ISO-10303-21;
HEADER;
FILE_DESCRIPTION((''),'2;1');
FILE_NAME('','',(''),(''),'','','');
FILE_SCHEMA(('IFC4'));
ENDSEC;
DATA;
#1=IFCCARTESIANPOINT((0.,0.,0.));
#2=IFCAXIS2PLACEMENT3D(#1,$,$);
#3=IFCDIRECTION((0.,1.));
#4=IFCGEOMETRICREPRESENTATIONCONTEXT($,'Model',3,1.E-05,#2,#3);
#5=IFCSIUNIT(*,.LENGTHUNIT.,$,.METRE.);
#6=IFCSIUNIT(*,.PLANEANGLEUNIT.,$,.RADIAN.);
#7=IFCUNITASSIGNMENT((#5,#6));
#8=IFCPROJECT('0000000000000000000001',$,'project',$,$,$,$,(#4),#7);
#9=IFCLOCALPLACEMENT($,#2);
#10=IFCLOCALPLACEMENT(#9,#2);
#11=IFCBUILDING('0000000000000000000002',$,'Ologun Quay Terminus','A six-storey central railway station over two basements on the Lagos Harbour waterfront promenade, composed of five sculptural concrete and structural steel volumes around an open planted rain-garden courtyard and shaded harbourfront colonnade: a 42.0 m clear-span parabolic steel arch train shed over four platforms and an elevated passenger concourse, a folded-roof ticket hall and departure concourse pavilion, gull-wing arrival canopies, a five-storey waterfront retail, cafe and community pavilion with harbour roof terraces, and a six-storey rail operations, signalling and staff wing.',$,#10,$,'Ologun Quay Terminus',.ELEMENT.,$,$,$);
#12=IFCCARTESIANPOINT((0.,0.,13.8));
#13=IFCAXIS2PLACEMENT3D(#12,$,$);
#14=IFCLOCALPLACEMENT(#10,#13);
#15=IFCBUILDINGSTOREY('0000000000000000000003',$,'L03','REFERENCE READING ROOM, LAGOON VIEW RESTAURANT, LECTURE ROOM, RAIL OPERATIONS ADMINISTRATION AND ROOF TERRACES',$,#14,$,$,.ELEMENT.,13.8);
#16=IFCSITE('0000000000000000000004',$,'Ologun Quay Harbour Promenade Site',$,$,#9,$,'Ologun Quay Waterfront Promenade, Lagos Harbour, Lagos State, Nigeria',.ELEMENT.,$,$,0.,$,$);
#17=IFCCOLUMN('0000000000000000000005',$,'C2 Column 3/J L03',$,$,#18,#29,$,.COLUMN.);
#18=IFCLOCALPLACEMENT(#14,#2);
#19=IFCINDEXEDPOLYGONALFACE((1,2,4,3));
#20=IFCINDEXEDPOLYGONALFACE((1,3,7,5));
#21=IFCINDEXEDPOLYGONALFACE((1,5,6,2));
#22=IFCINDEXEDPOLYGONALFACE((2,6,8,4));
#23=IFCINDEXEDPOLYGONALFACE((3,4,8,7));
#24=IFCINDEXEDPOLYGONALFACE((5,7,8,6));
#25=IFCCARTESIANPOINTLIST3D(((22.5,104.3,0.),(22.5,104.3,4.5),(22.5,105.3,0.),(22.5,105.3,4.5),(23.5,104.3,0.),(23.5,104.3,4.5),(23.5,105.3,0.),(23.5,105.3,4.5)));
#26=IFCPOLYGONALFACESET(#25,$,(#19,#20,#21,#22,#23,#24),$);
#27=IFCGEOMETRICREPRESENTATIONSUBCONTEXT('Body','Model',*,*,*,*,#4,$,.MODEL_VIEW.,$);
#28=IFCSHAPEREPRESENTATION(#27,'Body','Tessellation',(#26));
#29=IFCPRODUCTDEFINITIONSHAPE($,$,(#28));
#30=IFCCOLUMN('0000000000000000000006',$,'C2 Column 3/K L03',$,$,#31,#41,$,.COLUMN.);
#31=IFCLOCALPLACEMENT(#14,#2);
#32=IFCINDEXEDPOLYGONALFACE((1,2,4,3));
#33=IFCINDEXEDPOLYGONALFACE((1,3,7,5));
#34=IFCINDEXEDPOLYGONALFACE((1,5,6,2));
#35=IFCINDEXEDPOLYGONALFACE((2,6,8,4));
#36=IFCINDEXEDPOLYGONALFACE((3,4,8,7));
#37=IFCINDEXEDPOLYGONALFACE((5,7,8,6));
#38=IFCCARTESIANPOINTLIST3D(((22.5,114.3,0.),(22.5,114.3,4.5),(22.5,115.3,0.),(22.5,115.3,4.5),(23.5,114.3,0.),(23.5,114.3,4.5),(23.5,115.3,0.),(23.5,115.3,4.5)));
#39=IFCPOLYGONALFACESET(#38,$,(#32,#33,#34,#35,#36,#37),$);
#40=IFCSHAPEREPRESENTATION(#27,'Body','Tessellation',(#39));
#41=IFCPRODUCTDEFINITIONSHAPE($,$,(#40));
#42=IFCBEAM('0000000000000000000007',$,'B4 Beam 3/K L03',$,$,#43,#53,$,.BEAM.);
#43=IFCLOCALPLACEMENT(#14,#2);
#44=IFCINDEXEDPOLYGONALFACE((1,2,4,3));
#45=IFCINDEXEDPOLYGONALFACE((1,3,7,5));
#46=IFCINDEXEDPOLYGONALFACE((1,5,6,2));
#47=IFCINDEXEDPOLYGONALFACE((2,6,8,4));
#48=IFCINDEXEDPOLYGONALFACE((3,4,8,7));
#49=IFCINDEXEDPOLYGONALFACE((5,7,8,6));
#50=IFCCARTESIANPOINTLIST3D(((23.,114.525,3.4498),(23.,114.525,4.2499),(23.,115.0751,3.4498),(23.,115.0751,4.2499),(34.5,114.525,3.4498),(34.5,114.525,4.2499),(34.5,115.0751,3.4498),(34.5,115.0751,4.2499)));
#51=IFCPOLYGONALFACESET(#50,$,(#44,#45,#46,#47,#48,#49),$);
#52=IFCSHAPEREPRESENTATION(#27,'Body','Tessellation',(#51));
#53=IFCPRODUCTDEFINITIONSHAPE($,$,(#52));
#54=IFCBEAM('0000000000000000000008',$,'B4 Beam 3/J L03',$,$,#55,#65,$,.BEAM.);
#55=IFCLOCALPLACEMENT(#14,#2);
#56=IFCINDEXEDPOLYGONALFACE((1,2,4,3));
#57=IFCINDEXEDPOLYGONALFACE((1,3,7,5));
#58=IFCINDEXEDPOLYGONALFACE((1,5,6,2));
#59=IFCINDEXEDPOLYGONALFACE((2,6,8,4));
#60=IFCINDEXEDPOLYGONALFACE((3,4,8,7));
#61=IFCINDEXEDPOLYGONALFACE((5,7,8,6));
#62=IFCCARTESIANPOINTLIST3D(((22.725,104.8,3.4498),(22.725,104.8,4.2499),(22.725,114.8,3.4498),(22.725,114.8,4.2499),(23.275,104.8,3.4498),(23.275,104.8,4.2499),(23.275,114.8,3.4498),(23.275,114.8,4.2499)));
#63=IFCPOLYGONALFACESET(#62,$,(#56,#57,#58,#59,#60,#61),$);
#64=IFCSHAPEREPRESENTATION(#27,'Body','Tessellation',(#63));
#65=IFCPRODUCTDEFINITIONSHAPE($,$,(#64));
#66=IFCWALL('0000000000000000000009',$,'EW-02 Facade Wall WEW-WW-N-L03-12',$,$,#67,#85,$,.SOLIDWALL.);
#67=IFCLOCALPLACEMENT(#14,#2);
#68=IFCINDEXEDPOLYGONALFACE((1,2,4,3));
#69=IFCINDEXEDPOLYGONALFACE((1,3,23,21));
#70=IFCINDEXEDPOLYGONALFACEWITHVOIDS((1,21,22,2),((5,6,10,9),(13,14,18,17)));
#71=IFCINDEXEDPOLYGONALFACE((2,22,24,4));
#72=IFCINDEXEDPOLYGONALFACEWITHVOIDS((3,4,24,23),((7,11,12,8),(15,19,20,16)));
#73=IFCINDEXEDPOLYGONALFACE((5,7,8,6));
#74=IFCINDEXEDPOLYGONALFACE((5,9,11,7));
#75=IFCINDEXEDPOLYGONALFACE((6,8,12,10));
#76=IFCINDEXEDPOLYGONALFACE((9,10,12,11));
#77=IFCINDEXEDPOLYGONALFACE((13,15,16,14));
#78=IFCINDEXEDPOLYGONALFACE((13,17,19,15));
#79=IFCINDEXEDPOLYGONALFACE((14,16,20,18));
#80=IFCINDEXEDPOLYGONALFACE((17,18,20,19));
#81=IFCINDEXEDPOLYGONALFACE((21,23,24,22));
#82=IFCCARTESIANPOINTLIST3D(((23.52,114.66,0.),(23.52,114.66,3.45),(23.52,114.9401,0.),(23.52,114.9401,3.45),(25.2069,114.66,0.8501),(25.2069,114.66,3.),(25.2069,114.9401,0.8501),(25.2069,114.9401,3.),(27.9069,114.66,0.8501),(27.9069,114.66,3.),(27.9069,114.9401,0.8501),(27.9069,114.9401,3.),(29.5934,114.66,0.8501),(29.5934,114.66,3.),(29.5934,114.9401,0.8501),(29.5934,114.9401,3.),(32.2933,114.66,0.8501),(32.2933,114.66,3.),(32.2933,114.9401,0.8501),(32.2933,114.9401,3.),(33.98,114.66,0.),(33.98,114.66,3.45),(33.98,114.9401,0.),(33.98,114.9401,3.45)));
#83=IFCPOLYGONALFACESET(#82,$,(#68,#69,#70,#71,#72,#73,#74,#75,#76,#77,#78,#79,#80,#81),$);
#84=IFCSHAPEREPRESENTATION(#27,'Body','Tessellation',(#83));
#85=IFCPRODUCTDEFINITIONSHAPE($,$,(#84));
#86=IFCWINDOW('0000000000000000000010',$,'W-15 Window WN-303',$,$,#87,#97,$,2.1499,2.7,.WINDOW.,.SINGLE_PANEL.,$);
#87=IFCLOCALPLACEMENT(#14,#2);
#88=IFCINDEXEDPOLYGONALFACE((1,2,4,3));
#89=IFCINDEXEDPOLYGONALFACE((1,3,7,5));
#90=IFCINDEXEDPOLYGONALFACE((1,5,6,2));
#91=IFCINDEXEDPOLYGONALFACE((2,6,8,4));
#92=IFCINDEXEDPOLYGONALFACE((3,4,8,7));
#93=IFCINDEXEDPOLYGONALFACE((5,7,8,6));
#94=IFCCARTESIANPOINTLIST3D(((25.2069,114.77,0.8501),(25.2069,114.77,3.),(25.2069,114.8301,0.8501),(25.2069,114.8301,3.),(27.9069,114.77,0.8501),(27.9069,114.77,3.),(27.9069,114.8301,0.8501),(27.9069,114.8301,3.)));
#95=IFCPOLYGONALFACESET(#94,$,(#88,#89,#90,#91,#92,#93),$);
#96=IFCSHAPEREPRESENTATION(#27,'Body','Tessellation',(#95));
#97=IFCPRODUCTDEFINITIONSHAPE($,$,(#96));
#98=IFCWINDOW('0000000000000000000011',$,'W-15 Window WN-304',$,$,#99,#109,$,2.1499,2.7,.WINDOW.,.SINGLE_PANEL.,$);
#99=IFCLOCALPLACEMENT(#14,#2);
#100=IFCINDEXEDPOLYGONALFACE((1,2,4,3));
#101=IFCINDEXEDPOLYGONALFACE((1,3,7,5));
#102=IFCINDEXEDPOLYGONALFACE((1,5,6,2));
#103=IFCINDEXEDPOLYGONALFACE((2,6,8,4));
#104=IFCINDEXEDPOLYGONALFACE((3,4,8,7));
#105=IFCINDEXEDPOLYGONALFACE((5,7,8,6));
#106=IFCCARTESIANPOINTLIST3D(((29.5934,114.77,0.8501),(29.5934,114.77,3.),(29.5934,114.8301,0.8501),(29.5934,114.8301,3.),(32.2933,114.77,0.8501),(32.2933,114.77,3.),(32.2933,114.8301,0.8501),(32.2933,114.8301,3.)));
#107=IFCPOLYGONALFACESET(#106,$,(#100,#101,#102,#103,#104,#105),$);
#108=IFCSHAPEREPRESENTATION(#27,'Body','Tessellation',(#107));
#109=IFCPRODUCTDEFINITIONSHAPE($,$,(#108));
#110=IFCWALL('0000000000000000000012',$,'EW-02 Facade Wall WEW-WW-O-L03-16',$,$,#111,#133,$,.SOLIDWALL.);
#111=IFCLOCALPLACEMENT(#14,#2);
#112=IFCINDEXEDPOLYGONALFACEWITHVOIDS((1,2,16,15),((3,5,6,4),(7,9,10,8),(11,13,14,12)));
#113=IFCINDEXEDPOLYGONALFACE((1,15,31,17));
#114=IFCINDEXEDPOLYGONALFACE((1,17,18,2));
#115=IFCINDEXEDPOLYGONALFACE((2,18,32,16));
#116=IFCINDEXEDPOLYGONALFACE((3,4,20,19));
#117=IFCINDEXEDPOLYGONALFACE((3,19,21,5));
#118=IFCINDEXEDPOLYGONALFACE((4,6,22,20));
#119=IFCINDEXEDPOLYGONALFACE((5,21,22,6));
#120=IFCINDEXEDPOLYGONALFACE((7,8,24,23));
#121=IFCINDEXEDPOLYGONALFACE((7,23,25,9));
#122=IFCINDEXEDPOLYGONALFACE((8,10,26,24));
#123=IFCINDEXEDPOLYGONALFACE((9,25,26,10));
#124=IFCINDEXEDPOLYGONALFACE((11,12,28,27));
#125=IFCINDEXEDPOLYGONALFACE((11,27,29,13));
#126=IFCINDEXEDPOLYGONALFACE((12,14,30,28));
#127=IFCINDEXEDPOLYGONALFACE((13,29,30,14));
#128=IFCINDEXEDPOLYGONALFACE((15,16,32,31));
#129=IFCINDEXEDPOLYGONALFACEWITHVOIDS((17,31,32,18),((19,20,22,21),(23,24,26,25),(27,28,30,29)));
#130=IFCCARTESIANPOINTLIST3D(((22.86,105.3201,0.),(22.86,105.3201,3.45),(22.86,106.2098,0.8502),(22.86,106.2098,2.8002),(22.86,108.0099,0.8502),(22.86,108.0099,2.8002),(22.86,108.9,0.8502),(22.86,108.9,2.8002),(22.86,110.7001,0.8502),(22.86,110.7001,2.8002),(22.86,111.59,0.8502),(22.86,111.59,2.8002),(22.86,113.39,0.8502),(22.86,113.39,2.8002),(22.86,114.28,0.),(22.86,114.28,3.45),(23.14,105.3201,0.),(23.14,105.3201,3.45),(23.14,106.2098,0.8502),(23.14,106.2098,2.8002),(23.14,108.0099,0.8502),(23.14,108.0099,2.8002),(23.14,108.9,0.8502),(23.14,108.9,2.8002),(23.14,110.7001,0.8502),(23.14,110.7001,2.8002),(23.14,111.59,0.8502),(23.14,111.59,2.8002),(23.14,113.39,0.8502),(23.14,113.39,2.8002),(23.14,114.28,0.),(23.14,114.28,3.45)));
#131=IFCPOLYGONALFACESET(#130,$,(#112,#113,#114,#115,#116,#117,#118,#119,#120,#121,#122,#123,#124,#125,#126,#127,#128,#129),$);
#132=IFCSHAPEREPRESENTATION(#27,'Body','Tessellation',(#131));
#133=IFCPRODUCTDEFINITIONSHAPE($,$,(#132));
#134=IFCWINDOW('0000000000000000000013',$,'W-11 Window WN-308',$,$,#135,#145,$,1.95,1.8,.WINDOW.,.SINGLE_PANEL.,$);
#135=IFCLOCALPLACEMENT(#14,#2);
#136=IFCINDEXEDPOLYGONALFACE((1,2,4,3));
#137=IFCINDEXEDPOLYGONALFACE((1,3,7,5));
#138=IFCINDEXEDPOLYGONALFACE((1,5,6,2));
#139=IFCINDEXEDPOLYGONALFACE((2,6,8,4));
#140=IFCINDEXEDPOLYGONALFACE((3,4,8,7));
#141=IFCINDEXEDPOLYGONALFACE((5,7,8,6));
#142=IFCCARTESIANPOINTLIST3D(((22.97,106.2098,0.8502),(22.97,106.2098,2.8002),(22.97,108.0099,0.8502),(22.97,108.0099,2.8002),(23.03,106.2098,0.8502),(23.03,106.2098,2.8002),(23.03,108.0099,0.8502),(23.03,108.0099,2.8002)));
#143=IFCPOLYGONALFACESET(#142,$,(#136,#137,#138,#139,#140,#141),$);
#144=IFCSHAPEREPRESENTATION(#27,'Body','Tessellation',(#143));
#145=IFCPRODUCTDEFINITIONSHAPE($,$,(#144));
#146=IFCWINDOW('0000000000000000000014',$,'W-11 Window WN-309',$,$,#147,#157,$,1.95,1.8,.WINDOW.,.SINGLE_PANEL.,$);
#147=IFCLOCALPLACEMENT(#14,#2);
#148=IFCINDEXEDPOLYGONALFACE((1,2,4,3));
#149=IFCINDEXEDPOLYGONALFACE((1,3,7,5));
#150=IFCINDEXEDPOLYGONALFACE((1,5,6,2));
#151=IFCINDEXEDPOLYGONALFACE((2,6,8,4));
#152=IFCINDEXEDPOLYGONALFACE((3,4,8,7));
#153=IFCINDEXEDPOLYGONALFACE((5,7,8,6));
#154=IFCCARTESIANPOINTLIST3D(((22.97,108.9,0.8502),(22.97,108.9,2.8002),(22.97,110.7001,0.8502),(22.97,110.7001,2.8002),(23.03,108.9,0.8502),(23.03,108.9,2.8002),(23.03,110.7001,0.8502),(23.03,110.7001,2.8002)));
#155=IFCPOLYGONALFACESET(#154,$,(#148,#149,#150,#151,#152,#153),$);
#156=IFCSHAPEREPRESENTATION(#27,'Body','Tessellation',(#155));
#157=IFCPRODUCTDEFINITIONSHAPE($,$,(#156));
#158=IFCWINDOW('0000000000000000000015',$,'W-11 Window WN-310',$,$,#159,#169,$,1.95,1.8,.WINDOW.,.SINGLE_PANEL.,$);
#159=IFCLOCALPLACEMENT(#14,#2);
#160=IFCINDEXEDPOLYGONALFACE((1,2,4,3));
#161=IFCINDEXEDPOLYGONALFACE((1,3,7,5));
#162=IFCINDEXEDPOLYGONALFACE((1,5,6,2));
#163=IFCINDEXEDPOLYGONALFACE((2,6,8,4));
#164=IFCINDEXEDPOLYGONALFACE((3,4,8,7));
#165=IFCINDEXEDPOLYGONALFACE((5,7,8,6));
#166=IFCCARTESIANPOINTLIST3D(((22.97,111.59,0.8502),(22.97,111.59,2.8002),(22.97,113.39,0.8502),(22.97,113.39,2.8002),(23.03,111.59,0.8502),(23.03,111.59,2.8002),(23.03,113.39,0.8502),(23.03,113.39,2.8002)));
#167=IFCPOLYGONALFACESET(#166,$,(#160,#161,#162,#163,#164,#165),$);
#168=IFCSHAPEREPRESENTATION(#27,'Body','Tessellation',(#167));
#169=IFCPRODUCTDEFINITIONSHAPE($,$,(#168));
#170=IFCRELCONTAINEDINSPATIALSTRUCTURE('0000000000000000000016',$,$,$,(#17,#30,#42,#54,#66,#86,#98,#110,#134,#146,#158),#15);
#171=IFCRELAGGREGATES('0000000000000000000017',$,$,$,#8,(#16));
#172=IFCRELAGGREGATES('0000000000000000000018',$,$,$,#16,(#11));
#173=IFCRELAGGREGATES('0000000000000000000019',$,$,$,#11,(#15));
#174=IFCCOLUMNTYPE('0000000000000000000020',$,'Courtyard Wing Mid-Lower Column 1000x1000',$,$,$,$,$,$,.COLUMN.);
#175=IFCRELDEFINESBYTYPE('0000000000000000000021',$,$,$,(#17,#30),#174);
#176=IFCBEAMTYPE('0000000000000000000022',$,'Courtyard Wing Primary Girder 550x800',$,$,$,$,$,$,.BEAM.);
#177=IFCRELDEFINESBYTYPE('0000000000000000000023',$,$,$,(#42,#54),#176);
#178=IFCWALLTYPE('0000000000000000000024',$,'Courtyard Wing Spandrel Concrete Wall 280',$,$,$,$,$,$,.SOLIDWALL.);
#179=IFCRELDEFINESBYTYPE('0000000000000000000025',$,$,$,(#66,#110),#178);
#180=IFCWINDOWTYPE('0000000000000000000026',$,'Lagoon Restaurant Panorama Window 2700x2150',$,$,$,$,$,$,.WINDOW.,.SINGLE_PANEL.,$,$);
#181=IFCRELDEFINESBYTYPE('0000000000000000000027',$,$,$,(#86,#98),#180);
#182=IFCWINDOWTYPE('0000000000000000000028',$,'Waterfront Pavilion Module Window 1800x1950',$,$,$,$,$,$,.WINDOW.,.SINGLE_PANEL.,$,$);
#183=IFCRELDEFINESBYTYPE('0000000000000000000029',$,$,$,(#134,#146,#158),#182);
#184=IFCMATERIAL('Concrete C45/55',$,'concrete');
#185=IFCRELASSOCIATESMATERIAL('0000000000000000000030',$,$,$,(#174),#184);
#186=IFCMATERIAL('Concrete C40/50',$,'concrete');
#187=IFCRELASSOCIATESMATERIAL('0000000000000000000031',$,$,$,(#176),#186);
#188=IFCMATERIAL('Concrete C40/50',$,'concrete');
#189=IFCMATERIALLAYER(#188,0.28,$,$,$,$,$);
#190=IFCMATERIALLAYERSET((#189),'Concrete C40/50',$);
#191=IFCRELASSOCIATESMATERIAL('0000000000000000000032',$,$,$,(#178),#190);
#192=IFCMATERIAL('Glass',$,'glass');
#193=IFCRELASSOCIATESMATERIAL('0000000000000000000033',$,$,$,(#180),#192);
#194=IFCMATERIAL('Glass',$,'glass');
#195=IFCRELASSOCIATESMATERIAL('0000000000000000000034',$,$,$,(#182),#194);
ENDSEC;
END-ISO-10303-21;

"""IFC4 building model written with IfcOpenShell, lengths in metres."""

from ifc_helpers import new_model, si_unit, direction, frame, frame_2d, origin, origin_2d, place, context, subcontext, project, spatial, rectangle, extrude, material, layer, layer_set, material_profile, profile_set, type_object, element, fill, save


model = new_model("IFC4")

# Units and contexts
model_context = context("Model", 3, precision=1e-05, world=origin(), true_north=direction((0.0, 1.0)))
body_context = subcontext(model_context, "Body", "Model", "MODEL_VIEW")
ifc_project = project(units=[si_unit("LENGTHUNIT", "METRE"), si_unit("PLANEANGLEUNIT", "RADIAN")], contexts=[model_context])

# Site, building, storey
site_placement = place(None, origin())
site = spatial("IfcSite", under=ifc_project, at=site_placement, Name="Ologun Quay Harbour Promenade Site", LongName="Ologun Quay Waterfront Promenade, Lagos Harbour, Lagos State, Nigeria", CompositionType="ELEMENT", RefElevation=0.0)
building_placement = place(site_placement, origin())
building = spatial("IfcBuilding", under=site, at=building_placement, Name="Ologun Quay Terminus", Description="A six-storey central railway station over two basements on the Lagos Harbour waterfront promenade, composed of five sculptural concrete and structural steel volumes around an open planted rain-garden courtyard and shaded harbourfront colonnade: a 42.0 m clear-span parabolic steel arch train shed over four platforms and an elevated passenger concourse, a folded-roof ticket hall and departure concourse pavilion, gull-wing arrival canopies, a five-storey waterfront retail, cafe and community pavilion with harbour roof terraces, and a six-storey rail operations, signalling and staff wing.", LongName="Ologun Quay Terminus", CompositionType="ELEMENT")
storey_placement = place(building_placement, frame((0.0, 0.0, 13.8)))
storey = spatial("IfcBuildingStorey", under=building, at=storey_placement, Name="L03", Description="REFERENCE READING ROOM, LAGOON VIEW RESTAURANT, LECTURE ROOM, RAIL OPERATIONS ADMINISTRATION AND ROOF TERRACES", CompositionType="ELEMENT", Elevation=13.8)

# Columns
ifc_material_1 = material(Name="Concrete C45/55", Category="concrete")
ifc_material_profile_1 = material_profile(ifc_material_1, rectangle(XDim=1.0, YDim=1.0, at=origin_2d()), Name="RC 1000x1000")
ifc_profile_set_1 = profile_set([ifc_material_profile_1], Name="Concrete C45/55")
column_type = type_object("IfcColumnType", Name="Courtyard Wing Mid-Lower Column 1000x1000", PredefinedType="COLUMN", material=ifc_profile_set_1)
for number, where, z_axis, x_axis, name in (
    (1, (23.0, 104.8, 0.0), (0.0, 0.0, 1.0), (1.0, 0.0, 0.0), "C2 Column 3/J L03"),
    (2, (23.0, 114.8, 0.0), (0.0, 0.0, 1.0), (1.0, 0.0, 0.0), "C2 Column 3/K L03"),
):
    element("IfcColumn", number, at=place(storey_placement, frame(where, z_axis=z_axis, x_axis=x_axis)), inside=storey, type_object=column_type, Name=name, PredefinedType="COLUMN", context=body_context, shape_type="SweptSolid", body=[
        extrude(rectangle(XDim=1.0, YDim=1.0, at=origin_2d()), origin(), (0.0, 0.0, 1.0), 4.5),
    ])

# Beams
ifc_material_2 = material(Name="Concrete C40/50", Category="concrete")
ifc_material_profile_2 = material_profile(ifc_material_2, rectangle(XDim=0.55, YDim=0.8, at=origin_2d()), Name="RC 550x800")
ifc_profile_set_2 = profile_set([ifc_material_profile_2], Name="Concrete C40/50")
beam_type = type_object("IfcBeamType", Name="Courtyard Wing Primary Girder 550x800", PredefinedType="BEAM", material=ifc_profile_set_2)
beam_1_placement = place(storey_placement, frame((23.0, 114.8, 3.8499), z_axis=(1.0, 0.0, 0.0), x_axis=(0.0, 1.0, 0.0)))
element("IfcBeam", 3, at=beam_1_placement, inside=storey, type_object=beam_type, Name="B4 Beam 3/K L03", PredefinedType="BEAM", context=body_context, shape_type="SweptSolid", body=[
    extrude(rectangle(XDim=0.55, YDim=0.8, at=origin_2d()), origin(), (0.0, 0.0, 1.0), 11.5),
])
beam_2_placement = place(storey_placement, frame((23.0, 104.8, 3.8499), z_axis=(0.0, 1.0, 0.0), x_axis=(-1.0, 0.0, 0.0)))
element("IfcBeam", 4, at=beam_2_placement, inside=storey, type_object=beam_type, Name="B4 Beam 3/J L03", PredefinedType="BEAM", context=body_context, shape_type="SweptSolid", body=[
    extrude(rectangle(XDim=0.55, YDim=0.8, at=origin_2d()), origin(), (0.0, 0.0, 1.0), 10.0),
])

# Walls, openings, windows
ifc_material_3 = material(Name="Concrete C40/50", Category="concrete")
ifc_layer_1 = layer(ifc_material_3, 0.28)
ifc_layer_set_1 = layer_set([ifc_layer_1], Name="Concrete C40/50")
wall_type_1 = type_object("IfcWallType", Name="Courtyard Wing Spandrel Concrete Wall 280", PredefinedType="SOLIDWALL", material=ifc_layer_set_1)
wall_1_placement = place(storey_placement, frame((23.52, 114.8, 0.0), z_axis=(0.0, 0.0, 1.0), x_axis=(1.0, 0.0, 0.0)))
wall_1 = element("IfcWall", 5, at=wall_1_placement, inside=storey, type_object=wall_type_1, Name="EW-02 Facade Wall WEW-WW-N-L03-12", PredefinedType="SOLIDWALL", context=body_context, shape_type="SweptSolid", body=[
    extrude(rectangle(XDim=10.46, YDim=0.28, at=frame_2d((5.23, 0.0))), origin(), (0.0, 0.0, 1.0), 3.45),
])
opening_1_placement = place(wall_1_placement, frame((1.6868, 0.0, 0.8501)))
opening_1 = element("IfcOpeningElement", 6, at=opening_1_placement, cuts=wall_1, PredefinedType="OPENING", context=body_context, shape_type="SweptSolid", body=[
    extrude(rectangle(XDim=2.7, YDim=2.1499, at=frame_2d((1.3501, 1.075))), frame((0.0, 0.1499, 0.0), z_axis=(0.0, -1.0, 0.0), x_axis=(1.0, 0.0, 0.0)), (0.0, 0.0, 1.0), 0.3),
])
opening_2_placement = place(wall_1_placement, frame((6.0732, 0.0, 0.8501)))
opening_2 = element("IfcOpeningElement", 7, at=opening_2_placement, cuts=wall_1, PredefinedType="OPENING", context=body_context, shape_type="SweptSolid", body=[
    extrude(rectangle(XDim=2.7, YDim=2.1499, at=frame_2d((1.3501, 1.075))), frame((0.0, 0.1499, 0.0), z_axis=(0.0, -1.0, 0.0), x_axis=(1.0, 0.0, 0.0)), (0.0, 0.0, 1.0), 0.3),
])
ifc_material_4 = material(Name="Glass", Category="glass")
window_type_1 = type_object("IfcWindowType", Name="Lagoon Restaurant Panorama Window 2700x2150", PartitioningType="SINGLE_PANEL", PredefinedType="WINDOW", material=ifc_material_4)
window_1_placement = place(opening_1_placement, origin())
window_1 = element("IfcWindow", 8, at=window_1_placement, inside=storey, type_object=window_type_1, Name="W-15 Window WN-303", OverallHeight=2.1499, OverallWidth=2.7, PartitioningType="SINGLE_PANEL", PredefinedType="WINDOW", context=body_context, shape_type="SweptSolid", body=[
    extrude(rectangle(XDim=2.7, YDim=2.1499, at=frame_2d((1.3501, 1.075))), frame((0.0, 0.03, 0.0), z_axis=(0.0, -1.0, 0.0), x_axis=(1.0, 0.0, 0.0)), (0.0, 0.0, 1.0), 0.0601),
])
fill(opening_1, window_1)
window_2_placement = place(opening_2_placement, origin())
window_2 = element("IfcWindow", 9, at=window_2_placement, inside=storey, type_object=window_type_1, Name="W-15 Window WN-304", OverallHeight=2.1499, OverallWidth=2.7, PartitioningType="SINGLE_PANEL", PredefinedType="WINDOW", context=body_context, shape_type="SweptSolid", body=[
    extrude(rectangle(XDim=2.7, YDim=2.1499, at=frame_2d((1.3501, 1.075))), frame((0.0, 0.03, 0.0), z_axis=(0.0, -1.0, 0.0), x_axis=(1.0, 0.0, 0.0)), (0.0, 0.0, 1.0), 0.0601),
])
fill(opening_2, window_2)
wall_2_placement = place(storey_placement, frame((23.0, 105.3201, 0.0), z_axis=(0.0, 0.0, 1.0), x_axis=(0.0, 1.0, 0.0)))
wall_2 = element("IfcWall", 10, at=wall_2_placement, inside=storey, type_object=wall_type_1, Name="EW-02 Facade Wall WEW-WW-O-L03-16", PredefinedType="SOLIDWALL", context=body_context, shape_type="SweptSolid", body=[
    extrude(rectangle(XDim=8.96, YDim=0.28, at=frame_2d((4.48, 0.0))), origin(), (0.0, 0.0, 1.0), 3.45),
])
opening_3_placement = place(wall_2_placement, frame((0.8899, 0.0, 0.8501)))
opening_3 = element("IfcOpeningElement", 11, at=opening_3_placement, cuts=wall_2, PredefinedType="OPENING", context=body_context, shape_type="SweptSolid", body=[
    extrude(rectangle(XDim=1.8, YDim=1.95, at=frame_2d((0.8999, 0.9751))), frame((0.0, 0.1499, 0.0), z_axis=(0.0, -1.0, 0.0), x_axis=(1.0, 0.0, 0.0)), (0.0, 0.0, 1.0), 0.3),
])
opening_4_placement = place(wall_2_placement, frame((3.5801, 0.0, 0.8501)))
opening_4 = element("IfcOpeningElement", 12, at=opening_4_placement, cuts=wall_2, PredefinedType="OPENING", context=body_context, shape_type="SweptSolid", body=[
    extrude(rectangle(XDim=1.8, YDim=1.95, at=frame_2d((0.8999, 0.9751))), frame((0.0, 0.1499, 0.0), z_axis=(0.0, -1.0, 0.0), x_axis=(1.0, 0.0, 0.0)), (0.0, 0.0, 1.0), 0.3),
])
opening_5_placement = place(wall_2_placement, frame((6.27, 0.0, 0.8501)))
opening_5 = element("IfcOpeningElement", 13, at=opening_5_placement, cuts=wall_2, PredefinedType="OPENING", context=body_context, shape_type="SweptSolid", body=[
    extrude(rectangle(XDim=1.8, YDim=1.95, at=frame_2d((0.8999, 0.9751))), frame((0.0, 0.1499, 0.0), z_axis=(0.0, -1.0, 0.0), x_axis=(1.0, 0.0, 0.0)), (0.0, 0.0, 1.0), 0.3),
])
ifc_material_5 = material(Name="Glass", Category="glass")
window_type_2 = type_object("IfcWindowType", Name="Waterfront Pavilion Module Window 1800x1950", PartitioningType="SINGLE_PANEL", PredefinedType="WINDOW", material=ifc_material_5)
window_3_placement = place(opening_3_placement, origin())
window_3 = element("IfcWindow", 14, at=window_3_placement, inside=storey, type_object=window_type_2, Name="W-11 Window WN-308", OverallHeight=1.95, OverallWidth=1.8, PartitioningType="SINGLE_PANEL", PredefinedType="WINDOW", context=body_context, shape_type="SweptSolid", body=[
    extrude(rectangle(XDim=1.8, YDim=1.95, at=frame_2d((0.8999, 0.9751))), frame((0.0, 0.03, 0.0), z_axis=(0.0, -1.0, 0.0), x_axis=(1.0, 0.0, 0.0)), (0.0, 0.0, 1.0), 0.0601),
])
fill(opening_3, window_3)
window_4_placement = place(opening_4_placement, origin())
window_4 = element("IfcWindow", 15, at=window_4_placement, inside=storey, type_object=window_type_2, Name="W-11 Window WN-309", OverallHeight=1.95, OverallWidth=1.8, PartitioningType="SINGLE_PANEL", PredefinedType="WINDOW", context=body_context, shape_type="SweptSolid", body=[
    extrude(rectangle(XDim=1.8, YDim=1.95, at=frame_2d((0.8999, 0.9751))), frame((0.0, 0.03, 0.0), z_axis=(0.0, -1.0, 0.0), x_axis=(1.0, 0.0, 0.0)), (0.0, 0.0, 1.0), 0.0601),
])
fill(opening_4, window_4)
window_5_placement = place(opening_5_placement, origin())
window_5 = element("IfcWindow", 16, at=window_5_placement, inside=storey, type_object=window_type_2, Name="W-11 Window WN-310", OverallHeight=1.95, OverallWidth=1.8, PartitioningType="SINGLE_PANEL", PredefinedType="WINDOW", context=body_context, shape_type="SweptSolid", body=[
    extrude(rectangle(XDim=1.8, YDim=1.95, at=frame_2d((0.8999, 0.9751))), frame((0.0, 0.03, 0.0), z_axis=(0.0, -1.0, 0.0), x_axis=(1.0, 0.0, 0.0)), (0.0, 0.0, 1.0), 0.0601),
])
fill(opening_5, window_5)

save(model, "model.ifc")
